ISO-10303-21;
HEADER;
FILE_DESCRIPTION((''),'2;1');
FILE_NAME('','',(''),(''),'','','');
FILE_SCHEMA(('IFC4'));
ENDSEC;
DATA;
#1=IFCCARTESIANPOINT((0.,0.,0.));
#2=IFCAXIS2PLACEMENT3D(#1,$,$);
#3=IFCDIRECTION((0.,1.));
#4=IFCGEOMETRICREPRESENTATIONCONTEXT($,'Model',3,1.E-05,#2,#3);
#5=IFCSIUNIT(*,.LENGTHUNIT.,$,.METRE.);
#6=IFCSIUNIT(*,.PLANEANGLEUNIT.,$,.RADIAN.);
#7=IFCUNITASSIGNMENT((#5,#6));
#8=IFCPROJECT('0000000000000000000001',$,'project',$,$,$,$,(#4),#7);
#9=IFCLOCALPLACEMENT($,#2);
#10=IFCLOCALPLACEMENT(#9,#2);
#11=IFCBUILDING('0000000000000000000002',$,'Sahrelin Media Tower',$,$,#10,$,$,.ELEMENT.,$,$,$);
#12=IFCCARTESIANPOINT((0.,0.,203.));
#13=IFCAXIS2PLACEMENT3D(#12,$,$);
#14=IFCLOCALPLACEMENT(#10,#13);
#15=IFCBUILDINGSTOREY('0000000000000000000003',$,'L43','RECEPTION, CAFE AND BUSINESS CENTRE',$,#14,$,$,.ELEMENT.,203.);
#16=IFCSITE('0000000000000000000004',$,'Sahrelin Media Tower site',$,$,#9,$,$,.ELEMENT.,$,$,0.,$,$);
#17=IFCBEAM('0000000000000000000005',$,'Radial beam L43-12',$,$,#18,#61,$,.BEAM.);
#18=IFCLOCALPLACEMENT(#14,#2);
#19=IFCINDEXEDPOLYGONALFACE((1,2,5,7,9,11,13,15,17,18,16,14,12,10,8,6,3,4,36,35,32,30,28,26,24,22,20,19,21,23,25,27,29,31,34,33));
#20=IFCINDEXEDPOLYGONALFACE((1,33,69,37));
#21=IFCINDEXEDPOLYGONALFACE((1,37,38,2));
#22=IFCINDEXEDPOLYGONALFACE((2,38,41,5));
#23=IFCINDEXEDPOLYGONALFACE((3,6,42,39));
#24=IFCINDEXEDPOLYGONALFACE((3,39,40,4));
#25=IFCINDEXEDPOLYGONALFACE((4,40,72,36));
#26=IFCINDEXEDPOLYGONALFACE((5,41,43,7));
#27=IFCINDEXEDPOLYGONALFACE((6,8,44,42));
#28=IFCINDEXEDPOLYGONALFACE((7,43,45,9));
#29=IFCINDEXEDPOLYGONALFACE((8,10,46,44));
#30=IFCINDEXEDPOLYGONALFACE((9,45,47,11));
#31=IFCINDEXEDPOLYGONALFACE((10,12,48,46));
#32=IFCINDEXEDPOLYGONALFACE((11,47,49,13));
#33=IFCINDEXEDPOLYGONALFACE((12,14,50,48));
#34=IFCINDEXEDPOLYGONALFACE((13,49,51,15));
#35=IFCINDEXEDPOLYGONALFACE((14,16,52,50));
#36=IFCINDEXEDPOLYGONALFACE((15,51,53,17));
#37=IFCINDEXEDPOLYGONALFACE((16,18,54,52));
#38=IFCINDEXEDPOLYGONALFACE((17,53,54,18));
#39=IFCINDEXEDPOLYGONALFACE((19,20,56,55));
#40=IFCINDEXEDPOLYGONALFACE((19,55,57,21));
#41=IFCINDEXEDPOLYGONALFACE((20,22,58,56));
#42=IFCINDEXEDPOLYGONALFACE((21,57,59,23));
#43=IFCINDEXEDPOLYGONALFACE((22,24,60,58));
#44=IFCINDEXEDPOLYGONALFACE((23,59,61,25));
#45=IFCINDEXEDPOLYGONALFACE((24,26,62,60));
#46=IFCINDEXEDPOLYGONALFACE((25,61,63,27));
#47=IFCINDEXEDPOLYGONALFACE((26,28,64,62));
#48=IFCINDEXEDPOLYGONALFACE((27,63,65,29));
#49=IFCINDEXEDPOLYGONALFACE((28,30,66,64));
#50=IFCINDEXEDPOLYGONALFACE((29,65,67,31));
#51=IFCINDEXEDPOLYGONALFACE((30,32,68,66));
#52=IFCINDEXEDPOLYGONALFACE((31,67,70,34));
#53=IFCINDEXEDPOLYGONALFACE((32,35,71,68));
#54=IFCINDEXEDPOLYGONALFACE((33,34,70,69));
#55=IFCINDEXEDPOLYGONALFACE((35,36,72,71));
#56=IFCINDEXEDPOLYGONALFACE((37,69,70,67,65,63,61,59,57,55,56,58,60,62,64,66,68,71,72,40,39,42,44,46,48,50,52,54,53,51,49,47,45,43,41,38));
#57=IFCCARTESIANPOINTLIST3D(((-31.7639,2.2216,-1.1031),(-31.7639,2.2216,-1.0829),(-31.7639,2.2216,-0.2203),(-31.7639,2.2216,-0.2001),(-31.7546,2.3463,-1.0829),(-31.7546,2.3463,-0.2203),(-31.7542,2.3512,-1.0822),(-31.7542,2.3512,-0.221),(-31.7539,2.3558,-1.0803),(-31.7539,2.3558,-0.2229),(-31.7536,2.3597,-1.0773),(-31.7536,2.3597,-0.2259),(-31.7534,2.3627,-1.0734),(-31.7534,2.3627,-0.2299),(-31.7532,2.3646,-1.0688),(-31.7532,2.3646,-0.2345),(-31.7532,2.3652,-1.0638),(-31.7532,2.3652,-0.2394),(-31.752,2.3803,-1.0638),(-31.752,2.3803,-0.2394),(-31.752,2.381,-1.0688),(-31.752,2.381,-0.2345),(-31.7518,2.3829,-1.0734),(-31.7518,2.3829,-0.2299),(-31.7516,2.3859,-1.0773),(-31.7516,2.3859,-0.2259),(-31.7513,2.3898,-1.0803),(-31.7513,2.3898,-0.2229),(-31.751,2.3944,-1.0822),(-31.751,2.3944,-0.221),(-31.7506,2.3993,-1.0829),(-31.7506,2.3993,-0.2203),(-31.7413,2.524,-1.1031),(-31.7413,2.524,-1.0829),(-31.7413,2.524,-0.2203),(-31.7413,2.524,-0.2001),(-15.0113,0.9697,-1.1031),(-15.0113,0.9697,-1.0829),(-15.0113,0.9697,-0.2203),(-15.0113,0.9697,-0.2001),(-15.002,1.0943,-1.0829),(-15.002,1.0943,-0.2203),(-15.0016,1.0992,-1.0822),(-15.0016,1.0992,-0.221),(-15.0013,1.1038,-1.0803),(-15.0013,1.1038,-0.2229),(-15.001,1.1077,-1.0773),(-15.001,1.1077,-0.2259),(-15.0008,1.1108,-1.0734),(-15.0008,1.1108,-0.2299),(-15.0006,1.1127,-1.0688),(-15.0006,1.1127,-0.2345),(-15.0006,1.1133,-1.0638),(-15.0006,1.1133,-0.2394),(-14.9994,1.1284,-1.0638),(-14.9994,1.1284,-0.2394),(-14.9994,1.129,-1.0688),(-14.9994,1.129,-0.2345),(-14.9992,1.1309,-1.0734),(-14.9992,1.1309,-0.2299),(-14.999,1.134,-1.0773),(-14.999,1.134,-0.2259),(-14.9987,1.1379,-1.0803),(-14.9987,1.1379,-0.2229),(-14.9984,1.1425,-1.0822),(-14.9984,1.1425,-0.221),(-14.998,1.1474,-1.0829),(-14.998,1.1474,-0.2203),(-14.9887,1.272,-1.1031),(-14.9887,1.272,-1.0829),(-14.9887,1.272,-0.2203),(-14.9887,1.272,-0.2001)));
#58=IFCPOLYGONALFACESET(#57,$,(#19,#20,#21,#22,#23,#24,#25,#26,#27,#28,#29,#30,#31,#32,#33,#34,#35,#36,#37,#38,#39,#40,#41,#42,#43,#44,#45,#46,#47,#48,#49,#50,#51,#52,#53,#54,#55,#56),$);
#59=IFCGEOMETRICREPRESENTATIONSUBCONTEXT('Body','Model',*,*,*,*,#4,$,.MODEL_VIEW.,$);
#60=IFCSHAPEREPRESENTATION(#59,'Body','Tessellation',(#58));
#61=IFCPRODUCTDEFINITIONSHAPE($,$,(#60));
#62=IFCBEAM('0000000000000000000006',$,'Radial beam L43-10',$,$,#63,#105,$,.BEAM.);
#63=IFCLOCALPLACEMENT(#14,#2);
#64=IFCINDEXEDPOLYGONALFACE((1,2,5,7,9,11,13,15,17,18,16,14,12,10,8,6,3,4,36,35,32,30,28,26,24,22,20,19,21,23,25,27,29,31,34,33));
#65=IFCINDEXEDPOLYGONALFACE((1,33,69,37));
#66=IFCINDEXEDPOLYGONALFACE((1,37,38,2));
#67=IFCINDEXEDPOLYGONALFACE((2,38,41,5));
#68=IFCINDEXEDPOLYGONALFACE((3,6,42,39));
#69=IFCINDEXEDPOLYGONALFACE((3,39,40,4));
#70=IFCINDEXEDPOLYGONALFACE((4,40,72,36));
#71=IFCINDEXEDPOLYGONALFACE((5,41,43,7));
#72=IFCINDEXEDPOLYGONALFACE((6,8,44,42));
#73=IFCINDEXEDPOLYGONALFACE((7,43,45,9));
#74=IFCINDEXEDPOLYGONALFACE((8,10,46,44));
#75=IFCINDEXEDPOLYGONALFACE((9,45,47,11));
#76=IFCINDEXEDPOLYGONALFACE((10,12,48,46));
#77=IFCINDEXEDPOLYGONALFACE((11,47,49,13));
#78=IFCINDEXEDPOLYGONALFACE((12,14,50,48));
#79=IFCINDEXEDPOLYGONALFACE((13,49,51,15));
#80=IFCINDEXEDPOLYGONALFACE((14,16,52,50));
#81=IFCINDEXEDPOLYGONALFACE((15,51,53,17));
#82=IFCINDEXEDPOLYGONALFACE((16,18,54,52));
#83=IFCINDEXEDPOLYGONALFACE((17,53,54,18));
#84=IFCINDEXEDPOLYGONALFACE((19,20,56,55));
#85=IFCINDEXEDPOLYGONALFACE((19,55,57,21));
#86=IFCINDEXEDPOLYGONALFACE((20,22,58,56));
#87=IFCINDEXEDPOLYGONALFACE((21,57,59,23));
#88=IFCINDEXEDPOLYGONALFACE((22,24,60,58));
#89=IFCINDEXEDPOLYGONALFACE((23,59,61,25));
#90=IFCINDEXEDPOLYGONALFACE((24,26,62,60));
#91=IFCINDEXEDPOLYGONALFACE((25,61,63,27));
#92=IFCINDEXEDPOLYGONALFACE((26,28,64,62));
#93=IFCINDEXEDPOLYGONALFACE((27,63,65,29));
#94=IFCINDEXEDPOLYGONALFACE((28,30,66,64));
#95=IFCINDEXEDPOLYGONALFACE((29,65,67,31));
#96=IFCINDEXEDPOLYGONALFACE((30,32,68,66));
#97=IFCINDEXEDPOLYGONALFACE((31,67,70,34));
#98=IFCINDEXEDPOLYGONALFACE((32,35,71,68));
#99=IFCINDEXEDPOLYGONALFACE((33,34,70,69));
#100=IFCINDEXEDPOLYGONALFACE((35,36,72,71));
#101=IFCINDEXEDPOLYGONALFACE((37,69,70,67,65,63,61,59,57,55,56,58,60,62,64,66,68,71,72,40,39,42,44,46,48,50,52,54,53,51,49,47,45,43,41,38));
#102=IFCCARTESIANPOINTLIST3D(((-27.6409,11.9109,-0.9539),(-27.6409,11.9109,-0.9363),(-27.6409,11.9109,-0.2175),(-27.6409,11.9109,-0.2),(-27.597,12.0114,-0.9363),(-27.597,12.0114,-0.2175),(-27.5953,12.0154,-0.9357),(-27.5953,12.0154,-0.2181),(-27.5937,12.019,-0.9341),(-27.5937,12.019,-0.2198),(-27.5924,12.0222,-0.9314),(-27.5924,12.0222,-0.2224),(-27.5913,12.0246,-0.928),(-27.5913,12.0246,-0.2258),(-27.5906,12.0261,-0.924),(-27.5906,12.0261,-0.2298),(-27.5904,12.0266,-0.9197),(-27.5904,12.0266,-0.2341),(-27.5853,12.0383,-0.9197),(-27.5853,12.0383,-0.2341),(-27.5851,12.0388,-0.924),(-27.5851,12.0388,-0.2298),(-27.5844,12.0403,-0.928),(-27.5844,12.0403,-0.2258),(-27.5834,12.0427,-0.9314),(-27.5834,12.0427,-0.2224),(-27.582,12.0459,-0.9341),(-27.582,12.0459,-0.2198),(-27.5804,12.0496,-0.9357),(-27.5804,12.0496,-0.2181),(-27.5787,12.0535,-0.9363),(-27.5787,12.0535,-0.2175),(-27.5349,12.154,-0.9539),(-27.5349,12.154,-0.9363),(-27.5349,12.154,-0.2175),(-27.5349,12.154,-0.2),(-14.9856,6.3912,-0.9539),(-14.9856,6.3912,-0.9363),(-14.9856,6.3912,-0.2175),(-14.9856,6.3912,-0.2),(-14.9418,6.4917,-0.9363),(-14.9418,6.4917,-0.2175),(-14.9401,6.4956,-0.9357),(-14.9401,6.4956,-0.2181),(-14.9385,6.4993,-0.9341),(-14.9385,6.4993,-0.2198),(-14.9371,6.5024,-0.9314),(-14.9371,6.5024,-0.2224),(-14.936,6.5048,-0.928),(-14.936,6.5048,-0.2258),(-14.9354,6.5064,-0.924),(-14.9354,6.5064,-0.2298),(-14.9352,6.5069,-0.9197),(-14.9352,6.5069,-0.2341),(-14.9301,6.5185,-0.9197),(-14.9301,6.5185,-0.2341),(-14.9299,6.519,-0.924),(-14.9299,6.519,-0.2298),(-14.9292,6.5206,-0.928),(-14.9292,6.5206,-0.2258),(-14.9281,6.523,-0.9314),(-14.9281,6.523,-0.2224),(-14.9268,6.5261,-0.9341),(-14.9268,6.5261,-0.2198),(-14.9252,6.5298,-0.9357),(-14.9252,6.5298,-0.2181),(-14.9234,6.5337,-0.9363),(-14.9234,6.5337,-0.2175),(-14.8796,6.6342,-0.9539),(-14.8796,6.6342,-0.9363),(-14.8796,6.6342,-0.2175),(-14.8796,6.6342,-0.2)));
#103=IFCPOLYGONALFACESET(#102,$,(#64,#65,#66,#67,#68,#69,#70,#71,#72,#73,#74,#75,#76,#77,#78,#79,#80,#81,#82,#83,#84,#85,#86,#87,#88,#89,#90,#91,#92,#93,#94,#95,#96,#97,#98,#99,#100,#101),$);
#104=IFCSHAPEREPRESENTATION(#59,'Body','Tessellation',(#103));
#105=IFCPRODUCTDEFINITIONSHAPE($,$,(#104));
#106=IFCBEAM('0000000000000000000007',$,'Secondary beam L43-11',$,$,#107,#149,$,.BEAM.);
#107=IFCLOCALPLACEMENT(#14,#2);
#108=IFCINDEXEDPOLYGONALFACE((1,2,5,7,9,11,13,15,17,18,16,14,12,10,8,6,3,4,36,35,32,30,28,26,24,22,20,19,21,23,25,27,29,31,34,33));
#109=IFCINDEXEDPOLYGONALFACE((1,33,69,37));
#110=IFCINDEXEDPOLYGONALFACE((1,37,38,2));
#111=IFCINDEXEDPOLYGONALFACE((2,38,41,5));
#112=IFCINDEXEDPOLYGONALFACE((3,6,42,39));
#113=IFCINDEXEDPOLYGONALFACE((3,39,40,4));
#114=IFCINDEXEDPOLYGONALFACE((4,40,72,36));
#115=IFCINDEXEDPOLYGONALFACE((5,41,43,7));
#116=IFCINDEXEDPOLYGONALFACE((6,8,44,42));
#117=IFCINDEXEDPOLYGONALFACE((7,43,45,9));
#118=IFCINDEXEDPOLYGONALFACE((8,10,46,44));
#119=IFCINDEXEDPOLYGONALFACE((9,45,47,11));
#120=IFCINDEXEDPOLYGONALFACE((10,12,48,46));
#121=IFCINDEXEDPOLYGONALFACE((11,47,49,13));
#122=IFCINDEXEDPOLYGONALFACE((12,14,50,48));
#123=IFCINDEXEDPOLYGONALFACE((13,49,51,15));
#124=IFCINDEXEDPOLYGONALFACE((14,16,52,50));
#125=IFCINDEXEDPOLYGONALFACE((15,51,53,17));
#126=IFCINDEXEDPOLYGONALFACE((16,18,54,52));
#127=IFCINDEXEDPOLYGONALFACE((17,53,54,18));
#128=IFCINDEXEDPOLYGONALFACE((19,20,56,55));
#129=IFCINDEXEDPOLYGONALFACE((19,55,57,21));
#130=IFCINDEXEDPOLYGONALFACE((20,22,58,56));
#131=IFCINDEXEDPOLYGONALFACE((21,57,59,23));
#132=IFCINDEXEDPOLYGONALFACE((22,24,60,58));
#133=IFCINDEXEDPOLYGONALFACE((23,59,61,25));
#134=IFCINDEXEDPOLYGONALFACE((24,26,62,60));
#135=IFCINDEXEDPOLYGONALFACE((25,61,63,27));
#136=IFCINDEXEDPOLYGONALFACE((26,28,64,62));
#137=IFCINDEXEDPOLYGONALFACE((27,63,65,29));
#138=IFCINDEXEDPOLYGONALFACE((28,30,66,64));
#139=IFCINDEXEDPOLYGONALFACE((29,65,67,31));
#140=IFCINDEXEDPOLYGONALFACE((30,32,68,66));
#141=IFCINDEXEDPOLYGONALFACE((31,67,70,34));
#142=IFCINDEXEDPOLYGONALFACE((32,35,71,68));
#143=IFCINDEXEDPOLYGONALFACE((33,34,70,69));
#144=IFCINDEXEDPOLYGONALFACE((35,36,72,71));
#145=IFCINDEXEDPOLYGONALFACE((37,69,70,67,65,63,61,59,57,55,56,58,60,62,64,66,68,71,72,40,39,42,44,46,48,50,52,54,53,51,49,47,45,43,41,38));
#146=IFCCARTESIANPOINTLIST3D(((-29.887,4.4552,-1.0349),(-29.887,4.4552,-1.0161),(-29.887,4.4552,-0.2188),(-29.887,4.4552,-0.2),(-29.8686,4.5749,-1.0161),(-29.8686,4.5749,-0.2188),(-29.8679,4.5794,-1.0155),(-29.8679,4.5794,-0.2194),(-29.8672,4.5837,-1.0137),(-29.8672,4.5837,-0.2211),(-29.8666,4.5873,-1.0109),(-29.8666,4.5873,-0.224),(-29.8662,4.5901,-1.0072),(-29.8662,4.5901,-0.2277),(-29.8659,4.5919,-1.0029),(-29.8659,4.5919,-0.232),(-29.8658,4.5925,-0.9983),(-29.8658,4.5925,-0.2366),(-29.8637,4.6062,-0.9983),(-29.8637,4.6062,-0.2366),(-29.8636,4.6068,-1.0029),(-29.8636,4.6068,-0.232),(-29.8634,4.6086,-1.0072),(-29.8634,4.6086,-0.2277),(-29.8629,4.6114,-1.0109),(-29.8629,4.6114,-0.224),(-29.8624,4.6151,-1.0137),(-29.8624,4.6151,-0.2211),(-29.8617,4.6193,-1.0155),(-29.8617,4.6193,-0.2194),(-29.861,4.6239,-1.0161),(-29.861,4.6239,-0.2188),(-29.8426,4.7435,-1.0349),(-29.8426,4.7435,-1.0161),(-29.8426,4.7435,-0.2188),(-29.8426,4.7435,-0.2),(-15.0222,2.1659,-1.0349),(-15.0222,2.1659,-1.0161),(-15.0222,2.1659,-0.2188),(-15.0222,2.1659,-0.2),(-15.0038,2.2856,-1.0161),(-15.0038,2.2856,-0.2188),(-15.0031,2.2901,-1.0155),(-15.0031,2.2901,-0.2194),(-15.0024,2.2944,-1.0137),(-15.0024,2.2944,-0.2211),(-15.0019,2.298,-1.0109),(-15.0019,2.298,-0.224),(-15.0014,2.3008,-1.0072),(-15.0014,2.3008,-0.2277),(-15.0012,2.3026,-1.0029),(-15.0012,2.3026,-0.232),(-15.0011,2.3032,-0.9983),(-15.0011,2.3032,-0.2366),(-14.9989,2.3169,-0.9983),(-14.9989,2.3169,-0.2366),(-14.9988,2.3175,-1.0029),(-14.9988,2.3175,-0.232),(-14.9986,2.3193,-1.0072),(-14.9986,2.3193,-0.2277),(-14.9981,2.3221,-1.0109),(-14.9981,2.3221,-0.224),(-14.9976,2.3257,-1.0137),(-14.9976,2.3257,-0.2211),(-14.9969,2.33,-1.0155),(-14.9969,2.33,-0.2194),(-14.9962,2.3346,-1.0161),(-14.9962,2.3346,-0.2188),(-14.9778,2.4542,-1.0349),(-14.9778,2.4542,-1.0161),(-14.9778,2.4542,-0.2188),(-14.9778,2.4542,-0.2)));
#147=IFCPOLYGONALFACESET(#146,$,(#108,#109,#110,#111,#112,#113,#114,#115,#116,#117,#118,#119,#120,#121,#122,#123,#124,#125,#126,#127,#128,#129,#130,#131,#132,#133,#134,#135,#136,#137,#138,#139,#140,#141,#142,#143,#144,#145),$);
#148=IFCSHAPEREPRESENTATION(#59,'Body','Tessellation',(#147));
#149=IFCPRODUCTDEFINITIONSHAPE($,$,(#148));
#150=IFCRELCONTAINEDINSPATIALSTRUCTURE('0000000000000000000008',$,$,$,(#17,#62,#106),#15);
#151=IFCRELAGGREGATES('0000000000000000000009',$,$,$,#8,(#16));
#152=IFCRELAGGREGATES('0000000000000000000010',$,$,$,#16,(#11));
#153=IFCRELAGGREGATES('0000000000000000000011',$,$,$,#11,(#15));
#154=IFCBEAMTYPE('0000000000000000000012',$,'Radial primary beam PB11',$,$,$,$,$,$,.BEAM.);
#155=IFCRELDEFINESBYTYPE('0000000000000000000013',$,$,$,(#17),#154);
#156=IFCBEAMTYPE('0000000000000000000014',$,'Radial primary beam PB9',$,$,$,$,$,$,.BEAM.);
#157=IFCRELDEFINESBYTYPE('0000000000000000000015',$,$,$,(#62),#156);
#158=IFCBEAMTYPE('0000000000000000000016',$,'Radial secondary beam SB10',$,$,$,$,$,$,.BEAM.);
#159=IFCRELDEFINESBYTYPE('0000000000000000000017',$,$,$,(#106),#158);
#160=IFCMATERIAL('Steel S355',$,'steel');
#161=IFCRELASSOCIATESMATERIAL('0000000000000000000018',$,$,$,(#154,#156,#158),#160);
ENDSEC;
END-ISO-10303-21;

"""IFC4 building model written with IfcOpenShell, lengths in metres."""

from ifc_helpers import new_model, si_unit, direction, frame, origin, origin_2d, place, context, subcontext, project, spatial, i_section, extrude, material, material_profile, profile_set, type_object, element, save


model = new_model("IFC4")

# Units and contexts
model_context = context("Model", 3, precision=1e-05, world=origin(), true_north=direction((0.0, 1.0)))
body_context = subcontext(model_context, "Body", "Model", "MODEL_VIEW")
ifc_project = project(units=[si_unit("LENGTHUNIT", "METRE"), si_unit("PLANEANGLEUNIT", "RADIAN")], contexts=[model_context])

# Site, building, storey
site_placement = place(None, origin())
site = spatial("IfcSite", under=ifc_project, at=site_placement, Name="Sahrelin Media Tower site", CompositionType="ELEMENT", RefElevation=0.0)
building_placement = place(site_placement, origin())
building = spatial("IfcBuilding", under=site, at=building_placement, Name="Sahrelin Media Tower", CompositionType="ELEMENT")
storey_placement = place(building_placement, frame((0.0, 0.0, 203.0)))
storey = spatial("IfcBuildingStorey", under=building, at=storey_placement, Name="L43", Description="RECEPTION, CAFE AND BUSINESS CENTRE", CompositionType="ELEMENT", Elevation=203.0)

# Shared definitions
ifc_material_1 = material(Name="Steel S355", Category="steel")

# Beams
ifc_material_profile_1 = material_profile(ifc_material_1, i_section(OverallWidth=0.3032, OverallDepth=0.9031, WebThickness=0.0151, FlangeThickness=0.0203, FilletRadius=0.019, at=origin_2d()), Name="UB 914x305x201")
ifc_profile_set_1 = profile_set([ifc_material_profile_1], Name="Steel S355")
beam_type_1 = type_object("IfcBeamType", Name="Radial primary beam PB11", PredefinedType="BEAM", material=ifc_profile_set_1)
beam_1_placement = place(storey_placement, frame((-15.0, 1.1208, -0.6516), z_axis=(-0.997219, 0.074524, 0.0), x_axis=(-0.074524, -0.997219, 0.0)))
element("IfcBeam", 1, at=beam_1_placement, inside=storey, type_object=beam_type_1, Name="Radial beam L43-12", PredefinedType="BEAM", context=body_context, shape_type="SweptSolid", body=[
    extrude(i_section(OverallWidth=0.3032, OverallDepth=0.9031, WebThickness=0.0151, FlangeThickness=0.0203, FilletRadius=0.019, at=origin_2d()), origin(), (0.0, 0.0, 1.0), 16.7993),
])
ifc_material_profile_2 = material_profile(ifc_material_1, i_section(OverallWidth=0.2651, OverallDepth=0.7539, WebThickness=0.0127, FlangeThickness=0.0176, FilletRadius=0.0166, at=origin_2d()), Name="UB 762x267x147")
ifc_profile_set_2 = profile_set([ifc_material_profile_2], Name="Steel S355")
beam_type_2 = type_object("IfcBeamType", Name="Radial primary beam PB9", PredefinedType="BEAM", material=ifc_profile_set_2)
beam_2_placement = place(storey_placement, frame((-14.9326, 6.5127, -0.5769), z_axis=(-0.916606, 0.399791, 0.0), x_axis=(-0.399791, -0.916606, 0.0)))
element("IfcBeam", 2, at=beam_2_placement, inside=storey, type_object=beam_type_2, Name="Radial beam L43-10", PredefinedType="BEAM", context=body_context, shape_type="SweptSolid", body=[
    extrude(i_section(OverallWidth=0.2651, OverallDepth=0.7539, WebThickness=0.0127, FlangeThickness=0.0176, FilletRadius=0.0166, at=origin_2d()), origin(), (0.0, 0.0, 1.0), 13.8066),
])
ifc_material_profile_3 = material_profile(ifc_material_1, i_section(OverallWidth=0.2917, OverallDepth=0.835, WebThickness=0.0139, FlangeThickness=0.0188, FilletRadius=0.0178, at=origin_2d()), Name="UB 838x292x176")
ifc_profile_set_3 = profile_set([ifc_material_profile_3], Name="Steel S355")
beam_type_3 = type_object("IfcBeamType", Name="Radial secondary beam SB10", PredefinedType="BEAM", material=ifc_profile_set_3)
beam_3_placement = place(storey_placement, frame((-15.0, 2.3101, -0.6174), z_axis=(-0.988347, 0.152215, 0.0), x_axis=(-0.152215, -0.988347, 0.0)))
element("IfcBeam", 3, at=beam_3_placement, inside=storey, type_object=beam_type_3, Name="Secondary beam L43-11", PredefinedType="BEAM", context=body_context, shape_type="SweptSolid", body=[
    extrude(i_section(OverallWidth=0.2917, OverallDepth=0.835, WebThickness=0.0139, FlangeThickness=0.0188, FilletRadius=0.0178, at=origin_2d()), origin(), (0.0, 0.0, 1.0), 15.04),
])

save(model, "model.ifc")
